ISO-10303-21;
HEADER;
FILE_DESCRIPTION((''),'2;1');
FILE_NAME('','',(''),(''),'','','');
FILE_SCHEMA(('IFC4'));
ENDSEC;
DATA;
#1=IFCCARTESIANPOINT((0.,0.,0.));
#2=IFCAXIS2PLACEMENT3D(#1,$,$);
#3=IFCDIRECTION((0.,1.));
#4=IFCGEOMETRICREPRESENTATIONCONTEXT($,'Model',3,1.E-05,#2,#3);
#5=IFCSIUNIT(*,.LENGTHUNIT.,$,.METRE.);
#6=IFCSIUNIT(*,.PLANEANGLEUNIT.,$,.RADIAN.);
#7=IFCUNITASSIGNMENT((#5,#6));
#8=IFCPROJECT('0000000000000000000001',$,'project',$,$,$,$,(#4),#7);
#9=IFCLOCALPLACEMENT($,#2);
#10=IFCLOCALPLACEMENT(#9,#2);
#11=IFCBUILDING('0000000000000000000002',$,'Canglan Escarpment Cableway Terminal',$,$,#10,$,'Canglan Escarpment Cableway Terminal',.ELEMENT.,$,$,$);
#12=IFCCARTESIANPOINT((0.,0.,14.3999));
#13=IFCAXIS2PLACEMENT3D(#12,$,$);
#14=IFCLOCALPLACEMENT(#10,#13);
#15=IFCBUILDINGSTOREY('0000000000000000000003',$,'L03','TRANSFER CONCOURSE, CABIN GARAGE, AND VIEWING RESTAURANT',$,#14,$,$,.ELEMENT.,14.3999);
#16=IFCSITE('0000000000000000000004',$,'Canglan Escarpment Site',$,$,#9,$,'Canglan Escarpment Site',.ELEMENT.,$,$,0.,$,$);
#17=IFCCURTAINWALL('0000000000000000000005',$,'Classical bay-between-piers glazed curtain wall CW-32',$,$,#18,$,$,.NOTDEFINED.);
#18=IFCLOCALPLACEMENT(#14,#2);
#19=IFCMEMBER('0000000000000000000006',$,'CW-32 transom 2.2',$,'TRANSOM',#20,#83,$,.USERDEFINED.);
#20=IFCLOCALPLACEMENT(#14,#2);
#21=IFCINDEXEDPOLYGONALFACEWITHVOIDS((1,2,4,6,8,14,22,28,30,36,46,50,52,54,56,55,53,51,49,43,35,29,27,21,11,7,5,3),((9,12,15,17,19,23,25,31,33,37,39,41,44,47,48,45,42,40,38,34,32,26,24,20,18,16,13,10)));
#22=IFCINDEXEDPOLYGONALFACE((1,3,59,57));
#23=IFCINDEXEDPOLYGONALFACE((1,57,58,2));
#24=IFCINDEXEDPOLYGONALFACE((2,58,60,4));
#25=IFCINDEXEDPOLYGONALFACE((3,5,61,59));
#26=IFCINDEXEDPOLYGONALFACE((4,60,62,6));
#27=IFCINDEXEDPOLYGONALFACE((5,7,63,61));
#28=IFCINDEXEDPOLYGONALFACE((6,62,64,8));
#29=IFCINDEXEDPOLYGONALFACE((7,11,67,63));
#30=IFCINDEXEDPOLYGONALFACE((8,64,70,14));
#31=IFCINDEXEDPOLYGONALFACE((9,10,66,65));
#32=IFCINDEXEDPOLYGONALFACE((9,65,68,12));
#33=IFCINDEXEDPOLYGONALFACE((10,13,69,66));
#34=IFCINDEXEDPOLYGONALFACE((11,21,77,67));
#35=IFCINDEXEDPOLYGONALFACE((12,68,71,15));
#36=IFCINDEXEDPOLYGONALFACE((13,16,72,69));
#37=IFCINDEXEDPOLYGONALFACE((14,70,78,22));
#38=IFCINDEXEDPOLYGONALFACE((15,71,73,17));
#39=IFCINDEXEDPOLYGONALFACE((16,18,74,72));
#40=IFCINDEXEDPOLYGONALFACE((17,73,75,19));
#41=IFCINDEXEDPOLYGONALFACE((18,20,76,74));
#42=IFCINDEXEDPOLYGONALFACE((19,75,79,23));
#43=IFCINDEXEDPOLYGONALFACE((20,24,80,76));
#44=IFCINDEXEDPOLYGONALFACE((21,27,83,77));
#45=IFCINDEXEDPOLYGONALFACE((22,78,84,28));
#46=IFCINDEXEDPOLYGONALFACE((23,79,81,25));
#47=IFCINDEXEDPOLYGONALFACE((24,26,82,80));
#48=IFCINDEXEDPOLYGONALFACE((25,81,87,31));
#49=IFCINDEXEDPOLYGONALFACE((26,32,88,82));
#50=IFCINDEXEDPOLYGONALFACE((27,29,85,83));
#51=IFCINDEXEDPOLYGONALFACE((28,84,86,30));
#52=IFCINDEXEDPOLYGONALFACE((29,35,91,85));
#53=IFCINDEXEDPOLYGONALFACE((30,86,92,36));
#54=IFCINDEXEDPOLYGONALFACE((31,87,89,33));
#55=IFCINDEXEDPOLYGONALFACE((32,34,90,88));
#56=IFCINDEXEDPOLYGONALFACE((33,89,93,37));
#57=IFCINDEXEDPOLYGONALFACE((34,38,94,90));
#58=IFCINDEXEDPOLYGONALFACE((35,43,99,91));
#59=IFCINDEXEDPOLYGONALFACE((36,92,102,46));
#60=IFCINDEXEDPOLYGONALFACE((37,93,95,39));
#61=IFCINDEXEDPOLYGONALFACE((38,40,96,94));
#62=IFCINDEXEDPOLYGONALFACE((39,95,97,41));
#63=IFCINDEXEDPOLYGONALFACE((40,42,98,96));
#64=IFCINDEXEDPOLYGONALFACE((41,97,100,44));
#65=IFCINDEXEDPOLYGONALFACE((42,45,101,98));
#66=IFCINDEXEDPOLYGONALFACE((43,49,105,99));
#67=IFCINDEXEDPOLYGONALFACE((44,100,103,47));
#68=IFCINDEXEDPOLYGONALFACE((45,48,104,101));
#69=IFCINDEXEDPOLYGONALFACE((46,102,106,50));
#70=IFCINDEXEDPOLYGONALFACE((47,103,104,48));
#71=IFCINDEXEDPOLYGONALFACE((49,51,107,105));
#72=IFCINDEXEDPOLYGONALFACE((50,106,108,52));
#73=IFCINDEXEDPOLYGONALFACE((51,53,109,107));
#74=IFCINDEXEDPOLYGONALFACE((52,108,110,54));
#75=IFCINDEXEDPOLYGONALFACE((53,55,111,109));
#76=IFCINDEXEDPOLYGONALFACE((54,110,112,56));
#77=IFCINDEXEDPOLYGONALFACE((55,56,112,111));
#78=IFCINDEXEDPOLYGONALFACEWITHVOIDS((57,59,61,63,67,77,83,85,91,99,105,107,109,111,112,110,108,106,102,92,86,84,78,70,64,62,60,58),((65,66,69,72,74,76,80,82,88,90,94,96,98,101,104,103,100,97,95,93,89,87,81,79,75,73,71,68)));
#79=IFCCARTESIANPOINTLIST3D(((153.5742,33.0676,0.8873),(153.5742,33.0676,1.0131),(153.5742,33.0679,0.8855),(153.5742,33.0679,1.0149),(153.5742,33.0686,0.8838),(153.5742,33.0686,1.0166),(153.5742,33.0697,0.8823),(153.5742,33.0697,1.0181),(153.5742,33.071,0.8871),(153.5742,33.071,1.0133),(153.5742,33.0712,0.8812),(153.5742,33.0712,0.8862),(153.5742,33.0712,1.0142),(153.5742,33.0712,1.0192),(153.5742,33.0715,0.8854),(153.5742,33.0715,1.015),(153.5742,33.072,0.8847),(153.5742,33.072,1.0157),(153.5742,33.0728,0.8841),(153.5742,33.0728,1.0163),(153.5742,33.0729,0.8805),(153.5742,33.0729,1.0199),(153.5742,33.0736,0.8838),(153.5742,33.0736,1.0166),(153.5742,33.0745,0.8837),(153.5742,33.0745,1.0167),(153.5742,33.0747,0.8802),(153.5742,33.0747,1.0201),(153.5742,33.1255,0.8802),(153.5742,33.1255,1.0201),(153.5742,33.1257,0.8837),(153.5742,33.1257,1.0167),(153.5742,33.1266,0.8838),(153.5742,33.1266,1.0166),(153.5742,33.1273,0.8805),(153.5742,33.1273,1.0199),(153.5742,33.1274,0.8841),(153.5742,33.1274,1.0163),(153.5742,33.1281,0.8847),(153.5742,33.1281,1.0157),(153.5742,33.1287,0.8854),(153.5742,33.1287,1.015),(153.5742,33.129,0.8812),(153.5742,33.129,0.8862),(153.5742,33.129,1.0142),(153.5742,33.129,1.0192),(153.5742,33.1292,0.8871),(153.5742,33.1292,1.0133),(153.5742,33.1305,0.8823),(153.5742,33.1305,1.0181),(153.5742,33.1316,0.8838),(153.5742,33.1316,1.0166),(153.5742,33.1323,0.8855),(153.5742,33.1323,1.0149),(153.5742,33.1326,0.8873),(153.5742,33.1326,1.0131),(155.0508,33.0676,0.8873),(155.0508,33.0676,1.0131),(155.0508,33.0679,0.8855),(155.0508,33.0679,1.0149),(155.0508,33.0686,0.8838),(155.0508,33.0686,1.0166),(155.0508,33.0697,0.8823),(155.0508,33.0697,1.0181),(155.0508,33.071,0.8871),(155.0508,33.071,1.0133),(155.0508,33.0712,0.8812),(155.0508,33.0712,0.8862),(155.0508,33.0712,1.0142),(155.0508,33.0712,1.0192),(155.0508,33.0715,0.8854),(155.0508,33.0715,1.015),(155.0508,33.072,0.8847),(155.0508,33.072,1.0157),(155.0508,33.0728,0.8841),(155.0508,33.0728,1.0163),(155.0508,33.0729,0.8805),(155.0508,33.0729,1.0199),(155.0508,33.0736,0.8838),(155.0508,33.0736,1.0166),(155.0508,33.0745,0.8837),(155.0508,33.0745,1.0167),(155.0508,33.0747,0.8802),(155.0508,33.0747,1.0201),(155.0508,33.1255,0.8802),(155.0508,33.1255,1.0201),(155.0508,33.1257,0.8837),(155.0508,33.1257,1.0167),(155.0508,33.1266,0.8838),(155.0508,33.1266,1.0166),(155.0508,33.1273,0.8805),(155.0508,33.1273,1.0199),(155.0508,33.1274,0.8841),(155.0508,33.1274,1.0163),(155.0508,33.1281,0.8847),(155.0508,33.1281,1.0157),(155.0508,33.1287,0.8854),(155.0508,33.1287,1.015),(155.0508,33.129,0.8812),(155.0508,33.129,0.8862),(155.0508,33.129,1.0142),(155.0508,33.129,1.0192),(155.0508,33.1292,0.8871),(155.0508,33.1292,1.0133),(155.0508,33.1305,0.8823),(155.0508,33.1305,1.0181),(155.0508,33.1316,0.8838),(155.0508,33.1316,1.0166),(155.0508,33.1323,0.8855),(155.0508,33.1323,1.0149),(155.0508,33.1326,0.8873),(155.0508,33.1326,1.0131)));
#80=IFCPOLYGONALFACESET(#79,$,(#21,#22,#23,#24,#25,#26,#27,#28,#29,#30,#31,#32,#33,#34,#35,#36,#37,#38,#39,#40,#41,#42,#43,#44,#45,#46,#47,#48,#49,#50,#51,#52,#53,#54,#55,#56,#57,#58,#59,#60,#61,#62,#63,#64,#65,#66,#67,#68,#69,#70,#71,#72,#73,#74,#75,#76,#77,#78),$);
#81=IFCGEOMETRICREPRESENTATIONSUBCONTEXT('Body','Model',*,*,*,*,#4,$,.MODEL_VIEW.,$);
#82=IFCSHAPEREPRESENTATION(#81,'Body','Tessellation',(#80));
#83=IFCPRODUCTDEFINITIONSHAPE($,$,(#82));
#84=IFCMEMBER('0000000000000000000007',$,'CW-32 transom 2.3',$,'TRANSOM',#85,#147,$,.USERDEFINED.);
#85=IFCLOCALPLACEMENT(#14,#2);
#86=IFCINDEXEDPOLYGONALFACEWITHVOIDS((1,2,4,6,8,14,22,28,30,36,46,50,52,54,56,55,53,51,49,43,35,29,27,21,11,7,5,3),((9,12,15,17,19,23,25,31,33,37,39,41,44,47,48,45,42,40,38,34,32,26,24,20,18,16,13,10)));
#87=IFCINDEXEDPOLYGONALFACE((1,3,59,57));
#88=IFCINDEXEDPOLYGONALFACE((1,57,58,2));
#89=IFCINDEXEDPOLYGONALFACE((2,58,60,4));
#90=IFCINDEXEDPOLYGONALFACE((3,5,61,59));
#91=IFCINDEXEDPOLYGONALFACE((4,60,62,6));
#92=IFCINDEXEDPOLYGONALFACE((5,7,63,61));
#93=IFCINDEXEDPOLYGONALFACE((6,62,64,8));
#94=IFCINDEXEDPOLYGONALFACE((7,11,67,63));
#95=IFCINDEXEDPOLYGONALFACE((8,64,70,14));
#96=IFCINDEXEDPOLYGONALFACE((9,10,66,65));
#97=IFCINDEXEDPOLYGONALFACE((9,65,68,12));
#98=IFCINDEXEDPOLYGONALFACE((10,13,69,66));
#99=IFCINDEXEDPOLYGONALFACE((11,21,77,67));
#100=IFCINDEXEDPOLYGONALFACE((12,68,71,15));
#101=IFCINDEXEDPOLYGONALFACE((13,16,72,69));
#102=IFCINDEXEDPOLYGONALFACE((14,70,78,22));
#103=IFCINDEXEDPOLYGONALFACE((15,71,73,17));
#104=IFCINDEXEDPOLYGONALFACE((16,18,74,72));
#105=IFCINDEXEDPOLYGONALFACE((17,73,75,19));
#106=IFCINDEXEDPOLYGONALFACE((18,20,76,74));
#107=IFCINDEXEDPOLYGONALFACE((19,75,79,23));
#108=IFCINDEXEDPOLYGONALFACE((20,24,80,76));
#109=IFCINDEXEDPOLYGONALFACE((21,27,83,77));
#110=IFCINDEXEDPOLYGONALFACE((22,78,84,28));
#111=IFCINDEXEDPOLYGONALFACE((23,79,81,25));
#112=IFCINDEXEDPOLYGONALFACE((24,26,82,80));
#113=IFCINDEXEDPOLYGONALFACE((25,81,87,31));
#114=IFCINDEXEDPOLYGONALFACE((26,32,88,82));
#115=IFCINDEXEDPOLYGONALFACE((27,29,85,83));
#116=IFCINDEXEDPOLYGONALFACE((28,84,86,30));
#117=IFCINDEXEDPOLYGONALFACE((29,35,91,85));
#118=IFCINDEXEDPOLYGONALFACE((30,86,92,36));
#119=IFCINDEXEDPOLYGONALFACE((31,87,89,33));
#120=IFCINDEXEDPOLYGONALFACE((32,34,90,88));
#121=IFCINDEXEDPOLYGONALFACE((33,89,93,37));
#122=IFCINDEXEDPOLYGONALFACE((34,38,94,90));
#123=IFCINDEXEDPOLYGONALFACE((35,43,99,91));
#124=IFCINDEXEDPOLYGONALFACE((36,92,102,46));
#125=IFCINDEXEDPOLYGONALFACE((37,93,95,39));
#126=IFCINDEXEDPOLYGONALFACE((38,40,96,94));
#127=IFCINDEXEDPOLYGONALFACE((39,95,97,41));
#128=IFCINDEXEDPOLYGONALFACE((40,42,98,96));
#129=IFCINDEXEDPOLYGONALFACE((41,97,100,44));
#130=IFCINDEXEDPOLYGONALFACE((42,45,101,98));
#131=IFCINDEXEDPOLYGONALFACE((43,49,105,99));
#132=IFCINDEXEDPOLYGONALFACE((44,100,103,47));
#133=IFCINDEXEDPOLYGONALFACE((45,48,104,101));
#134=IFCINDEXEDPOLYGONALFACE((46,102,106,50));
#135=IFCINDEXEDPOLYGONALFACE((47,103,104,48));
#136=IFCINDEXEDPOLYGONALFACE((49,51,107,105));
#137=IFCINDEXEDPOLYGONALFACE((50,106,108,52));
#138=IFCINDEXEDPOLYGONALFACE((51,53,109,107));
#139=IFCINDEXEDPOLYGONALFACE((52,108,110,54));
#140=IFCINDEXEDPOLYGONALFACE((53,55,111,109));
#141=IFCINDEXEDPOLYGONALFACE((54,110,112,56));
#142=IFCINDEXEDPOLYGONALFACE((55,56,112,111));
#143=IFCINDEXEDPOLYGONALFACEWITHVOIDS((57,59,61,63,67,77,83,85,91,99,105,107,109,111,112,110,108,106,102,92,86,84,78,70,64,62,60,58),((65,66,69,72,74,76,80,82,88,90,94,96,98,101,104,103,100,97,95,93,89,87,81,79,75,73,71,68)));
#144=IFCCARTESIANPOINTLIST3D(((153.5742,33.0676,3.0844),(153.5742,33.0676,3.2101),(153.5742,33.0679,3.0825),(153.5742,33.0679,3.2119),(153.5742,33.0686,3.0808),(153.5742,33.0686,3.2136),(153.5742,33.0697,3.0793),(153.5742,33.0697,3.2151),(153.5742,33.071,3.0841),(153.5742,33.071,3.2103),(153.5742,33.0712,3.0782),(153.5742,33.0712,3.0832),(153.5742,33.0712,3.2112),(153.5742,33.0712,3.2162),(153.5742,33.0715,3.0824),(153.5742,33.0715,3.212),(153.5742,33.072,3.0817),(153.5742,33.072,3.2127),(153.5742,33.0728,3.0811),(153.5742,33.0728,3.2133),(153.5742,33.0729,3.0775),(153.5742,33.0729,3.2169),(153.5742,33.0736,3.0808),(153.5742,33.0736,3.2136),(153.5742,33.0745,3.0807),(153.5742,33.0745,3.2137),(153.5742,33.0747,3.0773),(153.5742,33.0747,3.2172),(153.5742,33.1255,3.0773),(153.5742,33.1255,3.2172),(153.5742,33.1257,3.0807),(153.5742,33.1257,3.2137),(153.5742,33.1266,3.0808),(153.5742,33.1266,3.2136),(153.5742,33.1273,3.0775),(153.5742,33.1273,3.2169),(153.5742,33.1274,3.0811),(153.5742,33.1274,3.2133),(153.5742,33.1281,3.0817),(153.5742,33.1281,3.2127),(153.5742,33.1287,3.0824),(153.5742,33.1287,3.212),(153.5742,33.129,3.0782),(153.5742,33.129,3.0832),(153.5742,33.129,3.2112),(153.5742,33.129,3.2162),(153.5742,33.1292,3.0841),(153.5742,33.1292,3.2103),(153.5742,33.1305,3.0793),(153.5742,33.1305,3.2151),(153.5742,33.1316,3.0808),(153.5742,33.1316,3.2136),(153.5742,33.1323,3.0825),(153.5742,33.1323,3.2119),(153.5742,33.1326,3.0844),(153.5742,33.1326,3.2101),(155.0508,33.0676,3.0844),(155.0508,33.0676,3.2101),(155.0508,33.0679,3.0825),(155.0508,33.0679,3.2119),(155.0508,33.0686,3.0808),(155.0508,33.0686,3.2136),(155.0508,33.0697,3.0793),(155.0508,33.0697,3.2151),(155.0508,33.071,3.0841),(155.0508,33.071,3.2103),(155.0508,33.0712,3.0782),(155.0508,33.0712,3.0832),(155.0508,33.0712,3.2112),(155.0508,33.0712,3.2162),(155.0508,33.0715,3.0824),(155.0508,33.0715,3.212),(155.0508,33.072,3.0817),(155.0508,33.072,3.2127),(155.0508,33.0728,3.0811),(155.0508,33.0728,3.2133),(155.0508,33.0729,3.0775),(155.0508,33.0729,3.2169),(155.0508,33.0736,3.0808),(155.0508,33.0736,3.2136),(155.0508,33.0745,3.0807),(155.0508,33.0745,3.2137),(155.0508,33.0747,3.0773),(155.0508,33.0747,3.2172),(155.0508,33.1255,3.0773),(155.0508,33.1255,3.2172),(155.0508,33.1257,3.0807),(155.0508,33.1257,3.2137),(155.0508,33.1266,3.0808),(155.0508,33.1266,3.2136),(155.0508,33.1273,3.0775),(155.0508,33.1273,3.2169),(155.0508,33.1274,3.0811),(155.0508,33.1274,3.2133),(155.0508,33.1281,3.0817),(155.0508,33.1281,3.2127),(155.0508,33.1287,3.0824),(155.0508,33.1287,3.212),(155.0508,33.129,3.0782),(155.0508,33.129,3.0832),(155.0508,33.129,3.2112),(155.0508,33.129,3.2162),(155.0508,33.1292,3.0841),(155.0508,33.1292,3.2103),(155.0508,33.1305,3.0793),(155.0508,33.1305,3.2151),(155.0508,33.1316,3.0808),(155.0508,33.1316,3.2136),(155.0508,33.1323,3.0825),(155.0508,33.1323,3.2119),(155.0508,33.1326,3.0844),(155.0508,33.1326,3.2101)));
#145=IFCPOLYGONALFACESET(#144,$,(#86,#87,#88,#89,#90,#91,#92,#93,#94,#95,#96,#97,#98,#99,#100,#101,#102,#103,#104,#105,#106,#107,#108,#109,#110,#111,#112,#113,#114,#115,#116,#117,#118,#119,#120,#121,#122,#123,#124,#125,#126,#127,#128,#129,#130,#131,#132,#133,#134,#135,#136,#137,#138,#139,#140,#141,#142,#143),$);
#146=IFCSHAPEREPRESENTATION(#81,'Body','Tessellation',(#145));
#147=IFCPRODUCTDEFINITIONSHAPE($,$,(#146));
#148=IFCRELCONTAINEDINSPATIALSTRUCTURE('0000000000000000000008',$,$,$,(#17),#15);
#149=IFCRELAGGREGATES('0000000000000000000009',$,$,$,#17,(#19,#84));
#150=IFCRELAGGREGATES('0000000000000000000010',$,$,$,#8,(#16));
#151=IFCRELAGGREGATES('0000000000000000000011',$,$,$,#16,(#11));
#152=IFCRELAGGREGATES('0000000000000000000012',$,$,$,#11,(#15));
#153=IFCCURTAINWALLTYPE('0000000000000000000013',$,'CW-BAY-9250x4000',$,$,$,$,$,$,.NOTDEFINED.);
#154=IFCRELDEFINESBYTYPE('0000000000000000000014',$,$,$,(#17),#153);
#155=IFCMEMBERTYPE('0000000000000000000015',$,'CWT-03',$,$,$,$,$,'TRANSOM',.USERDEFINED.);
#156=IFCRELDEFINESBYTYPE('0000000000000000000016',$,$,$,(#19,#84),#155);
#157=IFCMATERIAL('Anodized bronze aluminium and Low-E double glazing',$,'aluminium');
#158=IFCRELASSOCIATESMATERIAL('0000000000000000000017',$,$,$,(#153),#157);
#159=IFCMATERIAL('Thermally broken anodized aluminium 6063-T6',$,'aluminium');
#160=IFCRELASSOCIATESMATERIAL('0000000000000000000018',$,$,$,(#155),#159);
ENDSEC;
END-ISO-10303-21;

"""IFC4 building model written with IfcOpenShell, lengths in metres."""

from ifc_helpers import new_model, si_unit, direction, frame, origin, origin_2d, place, context, subcontext, project, spatial, hollow_rectangle, extrude, material, material_profile, profile_set, type_object, element, aggregate, save


model = new_model("IFC4")

# Units and contexts
model_context = context("Model", 3, precision=1e-05, world=origin(), true_north=direction((0.0, 1.0)))
body_context = subcontext(model_context, "Body", "Model", "MODEL_VIEW")
ifc_project = project(units=[si_unit("LENGTHUNIT", "METRE"), si_unit("PLANEANGLEUNIT", "RADIAN")], contexts=[model_context])

# Site, building, storey
site_placement = place(None, origin())
site = spatial("IfcSite", under=ifc_project, at=site_placement, Name="Canglan Escarpment Site", LongName="Canglan Escarpment Site", CompositionType="ELEMENT", RefElevation=0.0)
building_placement = place(site_placement, origin())
building = spatial("IfcBuilding", under=site, at=building_placement, Name="Canglan Escarpment Cableway Terminal", LongName="Canglan Escarpment Cableway Terminal", CompositionType="ELEMENT")
storey_placement = place(building_placement, frame((0.0, 0.0, 14.3999)))
storey = spatial("IfcBuildingStorey", under=building, at=storey_placement, Name="L03", Description="TRANSFER CONCOURSE, CABIN GARAGE, AND VIEWING RESTAURANT", CompositionType="ELEMENT", Elevation=14.3999)

# Curtain wall, members
ifc_material_1 = material(Name="Anodized bronze aluminium and Low-E double glazing", Category="aluminium")
curtain_wall_type = type_object("IfcCurtainWallType", Name="CW-BAY-9250x4000", PredefinedType="NOTDEFINED", material=ifc_material_1)
curtain_wall_placement = place(storey_placement, origin())
curtain_wall = element("IfcCurtainWall", 1, at=curtain_wall_placement, inside=storey, type_object=curtain_wall_type, Name="Classical bay-between-piers glazed curtain wall CW-32", PredefinedType="NOTDEFINED")
ifc_material_2 = material(Name="Thermally broken anodized aluminium 6063-T6", Category="aluminium")
ifc_material_profile_1 = material_profile(ifc_material_2, hollow_rectangle(XDim=0.0649, YDim=0.1399, WallThickness=0.0034, InnerFilletRadius=0.0034, OuterFilletRadius=0.0071, at=origin_2d()), Name="ALU-TRAN 65x140x3.5")
ifc_profile_set_1 = profile_set([ifc_material_profile_1], Name="Thermally broken anodized aluminium 6063-T6")
member_type_1 = type_object("IfcMemberType", Name="CWT-03", ElementType="TRANSOM", PredefinedType="USERDEFINED", material=ifc_profile_set_1)
member_1_placement = place(storey_placement, frame((155.0508, 33.1001, 0.9502), z_axis=(-1.0, 0.0, 0.0), x_axis=(0.0, -1.0, 0.0)))
member_1 = element("IfcMember", 2, at=member_1_placement, type_object=member_type_1, Name="CW-32 transom 2.2", ObjectType="TRANSOM", PredefinedType="USERDEFINED", context=body_context, shape_type="SweptSolid", body=[
    extrude(hollow_rectangle(XDim=0.0649, YDim=0.1399, WallThickness=0.0034, InnerFilletRadius=0.0034, OuterFilletRadius=0.0071, at=origin_2d()), origin(), (0.0, 0.0, 1.0), 1.4766),
])
member_2_placement = place(storey_placement, frame((155.0508, 33.1001, 3.1472), z_axis=(-1.0, 0.0, 0.0), x_axis=(0.0, -1.0, 0.0)))
member_2 = element("IfcMember", 3, at=member_2_placement, type_object=member_type_1, Name="CW-32 transom 2.3", ObjectType="TRANSOM", PredefinedType="USERDEFINED", context=body_context, shape_type="SweptSolid", body=[
    extrude(hollow_rectangle(XDim=0.0649, YDim=0.1399, WallThickness=0.0034, InnerFilletRadius=0.0034, OuterFilletRadius=0.0071, at=origin_2d()), origin(), (0.0, 0.0, 1.0), 1.4766),
])
aggregate(curtain_wall, [member_1, member_2])

save(model, "model.ifc")
